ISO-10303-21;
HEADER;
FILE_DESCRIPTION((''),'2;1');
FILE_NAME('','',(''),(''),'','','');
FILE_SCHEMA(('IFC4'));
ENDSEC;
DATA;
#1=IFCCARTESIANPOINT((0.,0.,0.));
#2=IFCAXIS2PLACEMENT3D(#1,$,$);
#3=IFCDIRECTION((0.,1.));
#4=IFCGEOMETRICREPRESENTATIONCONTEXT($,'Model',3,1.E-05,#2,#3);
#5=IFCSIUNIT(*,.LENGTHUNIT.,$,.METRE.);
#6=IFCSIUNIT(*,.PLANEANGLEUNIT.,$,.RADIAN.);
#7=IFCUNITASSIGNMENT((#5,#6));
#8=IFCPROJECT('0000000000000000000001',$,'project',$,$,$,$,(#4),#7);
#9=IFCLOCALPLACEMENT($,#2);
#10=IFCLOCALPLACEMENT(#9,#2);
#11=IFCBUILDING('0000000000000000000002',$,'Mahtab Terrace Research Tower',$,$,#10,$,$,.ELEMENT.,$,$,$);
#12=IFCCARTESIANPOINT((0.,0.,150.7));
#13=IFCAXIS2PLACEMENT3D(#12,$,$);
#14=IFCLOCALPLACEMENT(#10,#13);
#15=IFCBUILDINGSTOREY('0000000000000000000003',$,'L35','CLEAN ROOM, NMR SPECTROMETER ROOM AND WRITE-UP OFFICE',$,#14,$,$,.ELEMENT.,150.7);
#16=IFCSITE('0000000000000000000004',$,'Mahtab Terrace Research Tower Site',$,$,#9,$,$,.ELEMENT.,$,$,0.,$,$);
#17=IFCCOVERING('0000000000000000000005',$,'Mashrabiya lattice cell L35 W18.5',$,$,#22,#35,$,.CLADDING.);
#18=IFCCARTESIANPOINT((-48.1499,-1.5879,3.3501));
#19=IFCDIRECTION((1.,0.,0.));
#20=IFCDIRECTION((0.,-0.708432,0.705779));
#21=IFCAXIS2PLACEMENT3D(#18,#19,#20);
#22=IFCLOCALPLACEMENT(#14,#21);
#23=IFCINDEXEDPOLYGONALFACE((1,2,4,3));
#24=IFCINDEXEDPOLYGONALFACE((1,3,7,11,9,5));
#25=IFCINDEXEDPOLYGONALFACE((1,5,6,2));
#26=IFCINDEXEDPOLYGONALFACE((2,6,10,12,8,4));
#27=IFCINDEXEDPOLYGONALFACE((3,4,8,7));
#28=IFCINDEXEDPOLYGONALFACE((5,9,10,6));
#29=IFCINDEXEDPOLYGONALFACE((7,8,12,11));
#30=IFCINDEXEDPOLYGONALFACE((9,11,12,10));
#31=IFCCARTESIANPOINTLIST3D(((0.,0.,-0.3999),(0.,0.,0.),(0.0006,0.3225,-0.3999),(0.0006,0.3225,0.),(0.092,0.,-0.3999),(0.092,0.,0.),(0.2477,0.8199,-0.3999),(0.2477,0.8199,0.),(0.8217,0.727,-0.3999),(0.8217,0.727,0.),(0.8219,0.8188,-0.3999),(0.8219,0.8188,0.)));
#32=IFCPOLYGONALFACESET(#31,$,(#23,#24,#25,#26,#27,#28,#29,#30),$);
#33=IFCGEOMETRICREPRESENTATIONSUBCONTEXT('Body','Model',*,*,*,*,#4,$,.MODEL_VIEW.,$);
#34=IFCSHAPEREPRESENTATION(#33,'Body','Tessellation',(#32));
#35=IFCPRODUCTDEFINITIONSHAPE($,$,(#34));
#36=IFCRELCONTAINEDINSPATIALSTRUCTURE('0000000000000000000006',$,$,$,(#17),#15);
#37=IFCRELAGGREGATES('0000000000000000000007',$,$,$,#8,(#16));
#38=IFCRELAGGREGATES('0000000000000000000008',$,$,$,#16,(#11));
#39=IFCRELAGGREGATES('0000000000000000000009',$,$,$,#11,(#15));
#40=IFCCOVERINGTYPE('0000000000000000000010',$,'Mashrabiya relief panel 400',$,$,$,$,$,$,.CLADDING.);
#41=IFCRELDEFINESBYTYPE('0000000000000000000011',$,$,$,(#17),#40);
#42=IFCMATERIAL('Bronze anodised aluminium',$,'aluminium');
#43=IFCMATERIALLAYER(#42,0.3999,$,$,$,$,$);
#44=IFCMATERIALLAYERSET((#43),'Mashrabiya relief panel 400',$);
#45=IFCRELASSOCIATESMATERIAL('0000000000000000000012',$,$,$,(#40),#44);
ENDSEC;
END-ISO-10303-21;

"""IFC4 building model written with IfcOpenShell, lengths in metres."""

from ifc_helpers import new_model, si_unit, direction, frame, origin, place, context, subcontext, project, spatial, polyline, outline, extrude, material, layer, layer_set, type_object, element, save


model = new_model("IFC4")

# Units and contexts
model_context = context("Model", 3, precision=1e-05, world=origin(), true_north=direction((0.0, 1.0)))
body_context = subcontext(model_context, "Body", "Model", "MODEL_VIEW")
ifc_project = project(units=[si_unit("LENGTHUNIT", "METRE"), si_unit("PLANEANGLEUNIT", "RADIAN")], contexts=[model_context])

# Site, building, storey
site_placement = place(None, origin())
site = spatial("IfcSite", under=ifc_project, at=site_placement, Name="Mahtab Terrace Research Tower Site", CompositionType="ELEMENT", RefElevation=0.0)
building_placement = place(site_placement, origin())
building = spatial("IfcBuilding", under=site, at=building_placement, Name="Mahtab Terrace Research Tower", CompositionType="ELEMENT")
storey_placement = place(building_placement, frame((0.0, 0.0, 150.7)))
storey = spatial("IfcBuildingStorey", under=building, at=storey_placement, Name="L35", Description="CLEAN ROOM, NMR SPECTROMETER ROOM AND WRITE-UP OFFICE", CompositionType="ELEMENT", Elevation=150.7)

# Covering
ifc_material_1 = material(Name="Bronze anodised aluminium", Category="aluminium")
ifc_layer_1 = layer(ifc_material_1, 0.3999)
ifc_layer_set_1 = layer_set([ifc_layer_1], Name="Mashrabiya relief panel 400")
covering_type = type_object("IfcCoveringType", Name="Mashrabiya relief panel 400", PredefinedType="CLADDING", material=ifc_layer_set_1)
covering_1_placement = place(storey_placement, frame((-48.1499, -1.5879, 3.3501), z_axis=(1.0, 0.0, 0.0), x_axis=(0.0, -0.708432, 0.705779)))
element("IfcCovering", 1, at=covering_1_placement, inside=storey, type_object=covering_type, Name="Mashrabiya lattice cell L35 W18.5", PredefinedType="CLADDING", context=body_context, shape_type="SweptSolid", body=[
    extrude(outline(polyline([(0.0, 0.0), (0.092, 0.0), (0.8217, 0.727), (0.8219, 0.8188), (0.2477, 0.8199), (0.0006, 0.3225), (0.0, 0.0)])), origin(), (0.0, 0.0, -1.0), 0.3999),
])

save(model, "model.ifc")
